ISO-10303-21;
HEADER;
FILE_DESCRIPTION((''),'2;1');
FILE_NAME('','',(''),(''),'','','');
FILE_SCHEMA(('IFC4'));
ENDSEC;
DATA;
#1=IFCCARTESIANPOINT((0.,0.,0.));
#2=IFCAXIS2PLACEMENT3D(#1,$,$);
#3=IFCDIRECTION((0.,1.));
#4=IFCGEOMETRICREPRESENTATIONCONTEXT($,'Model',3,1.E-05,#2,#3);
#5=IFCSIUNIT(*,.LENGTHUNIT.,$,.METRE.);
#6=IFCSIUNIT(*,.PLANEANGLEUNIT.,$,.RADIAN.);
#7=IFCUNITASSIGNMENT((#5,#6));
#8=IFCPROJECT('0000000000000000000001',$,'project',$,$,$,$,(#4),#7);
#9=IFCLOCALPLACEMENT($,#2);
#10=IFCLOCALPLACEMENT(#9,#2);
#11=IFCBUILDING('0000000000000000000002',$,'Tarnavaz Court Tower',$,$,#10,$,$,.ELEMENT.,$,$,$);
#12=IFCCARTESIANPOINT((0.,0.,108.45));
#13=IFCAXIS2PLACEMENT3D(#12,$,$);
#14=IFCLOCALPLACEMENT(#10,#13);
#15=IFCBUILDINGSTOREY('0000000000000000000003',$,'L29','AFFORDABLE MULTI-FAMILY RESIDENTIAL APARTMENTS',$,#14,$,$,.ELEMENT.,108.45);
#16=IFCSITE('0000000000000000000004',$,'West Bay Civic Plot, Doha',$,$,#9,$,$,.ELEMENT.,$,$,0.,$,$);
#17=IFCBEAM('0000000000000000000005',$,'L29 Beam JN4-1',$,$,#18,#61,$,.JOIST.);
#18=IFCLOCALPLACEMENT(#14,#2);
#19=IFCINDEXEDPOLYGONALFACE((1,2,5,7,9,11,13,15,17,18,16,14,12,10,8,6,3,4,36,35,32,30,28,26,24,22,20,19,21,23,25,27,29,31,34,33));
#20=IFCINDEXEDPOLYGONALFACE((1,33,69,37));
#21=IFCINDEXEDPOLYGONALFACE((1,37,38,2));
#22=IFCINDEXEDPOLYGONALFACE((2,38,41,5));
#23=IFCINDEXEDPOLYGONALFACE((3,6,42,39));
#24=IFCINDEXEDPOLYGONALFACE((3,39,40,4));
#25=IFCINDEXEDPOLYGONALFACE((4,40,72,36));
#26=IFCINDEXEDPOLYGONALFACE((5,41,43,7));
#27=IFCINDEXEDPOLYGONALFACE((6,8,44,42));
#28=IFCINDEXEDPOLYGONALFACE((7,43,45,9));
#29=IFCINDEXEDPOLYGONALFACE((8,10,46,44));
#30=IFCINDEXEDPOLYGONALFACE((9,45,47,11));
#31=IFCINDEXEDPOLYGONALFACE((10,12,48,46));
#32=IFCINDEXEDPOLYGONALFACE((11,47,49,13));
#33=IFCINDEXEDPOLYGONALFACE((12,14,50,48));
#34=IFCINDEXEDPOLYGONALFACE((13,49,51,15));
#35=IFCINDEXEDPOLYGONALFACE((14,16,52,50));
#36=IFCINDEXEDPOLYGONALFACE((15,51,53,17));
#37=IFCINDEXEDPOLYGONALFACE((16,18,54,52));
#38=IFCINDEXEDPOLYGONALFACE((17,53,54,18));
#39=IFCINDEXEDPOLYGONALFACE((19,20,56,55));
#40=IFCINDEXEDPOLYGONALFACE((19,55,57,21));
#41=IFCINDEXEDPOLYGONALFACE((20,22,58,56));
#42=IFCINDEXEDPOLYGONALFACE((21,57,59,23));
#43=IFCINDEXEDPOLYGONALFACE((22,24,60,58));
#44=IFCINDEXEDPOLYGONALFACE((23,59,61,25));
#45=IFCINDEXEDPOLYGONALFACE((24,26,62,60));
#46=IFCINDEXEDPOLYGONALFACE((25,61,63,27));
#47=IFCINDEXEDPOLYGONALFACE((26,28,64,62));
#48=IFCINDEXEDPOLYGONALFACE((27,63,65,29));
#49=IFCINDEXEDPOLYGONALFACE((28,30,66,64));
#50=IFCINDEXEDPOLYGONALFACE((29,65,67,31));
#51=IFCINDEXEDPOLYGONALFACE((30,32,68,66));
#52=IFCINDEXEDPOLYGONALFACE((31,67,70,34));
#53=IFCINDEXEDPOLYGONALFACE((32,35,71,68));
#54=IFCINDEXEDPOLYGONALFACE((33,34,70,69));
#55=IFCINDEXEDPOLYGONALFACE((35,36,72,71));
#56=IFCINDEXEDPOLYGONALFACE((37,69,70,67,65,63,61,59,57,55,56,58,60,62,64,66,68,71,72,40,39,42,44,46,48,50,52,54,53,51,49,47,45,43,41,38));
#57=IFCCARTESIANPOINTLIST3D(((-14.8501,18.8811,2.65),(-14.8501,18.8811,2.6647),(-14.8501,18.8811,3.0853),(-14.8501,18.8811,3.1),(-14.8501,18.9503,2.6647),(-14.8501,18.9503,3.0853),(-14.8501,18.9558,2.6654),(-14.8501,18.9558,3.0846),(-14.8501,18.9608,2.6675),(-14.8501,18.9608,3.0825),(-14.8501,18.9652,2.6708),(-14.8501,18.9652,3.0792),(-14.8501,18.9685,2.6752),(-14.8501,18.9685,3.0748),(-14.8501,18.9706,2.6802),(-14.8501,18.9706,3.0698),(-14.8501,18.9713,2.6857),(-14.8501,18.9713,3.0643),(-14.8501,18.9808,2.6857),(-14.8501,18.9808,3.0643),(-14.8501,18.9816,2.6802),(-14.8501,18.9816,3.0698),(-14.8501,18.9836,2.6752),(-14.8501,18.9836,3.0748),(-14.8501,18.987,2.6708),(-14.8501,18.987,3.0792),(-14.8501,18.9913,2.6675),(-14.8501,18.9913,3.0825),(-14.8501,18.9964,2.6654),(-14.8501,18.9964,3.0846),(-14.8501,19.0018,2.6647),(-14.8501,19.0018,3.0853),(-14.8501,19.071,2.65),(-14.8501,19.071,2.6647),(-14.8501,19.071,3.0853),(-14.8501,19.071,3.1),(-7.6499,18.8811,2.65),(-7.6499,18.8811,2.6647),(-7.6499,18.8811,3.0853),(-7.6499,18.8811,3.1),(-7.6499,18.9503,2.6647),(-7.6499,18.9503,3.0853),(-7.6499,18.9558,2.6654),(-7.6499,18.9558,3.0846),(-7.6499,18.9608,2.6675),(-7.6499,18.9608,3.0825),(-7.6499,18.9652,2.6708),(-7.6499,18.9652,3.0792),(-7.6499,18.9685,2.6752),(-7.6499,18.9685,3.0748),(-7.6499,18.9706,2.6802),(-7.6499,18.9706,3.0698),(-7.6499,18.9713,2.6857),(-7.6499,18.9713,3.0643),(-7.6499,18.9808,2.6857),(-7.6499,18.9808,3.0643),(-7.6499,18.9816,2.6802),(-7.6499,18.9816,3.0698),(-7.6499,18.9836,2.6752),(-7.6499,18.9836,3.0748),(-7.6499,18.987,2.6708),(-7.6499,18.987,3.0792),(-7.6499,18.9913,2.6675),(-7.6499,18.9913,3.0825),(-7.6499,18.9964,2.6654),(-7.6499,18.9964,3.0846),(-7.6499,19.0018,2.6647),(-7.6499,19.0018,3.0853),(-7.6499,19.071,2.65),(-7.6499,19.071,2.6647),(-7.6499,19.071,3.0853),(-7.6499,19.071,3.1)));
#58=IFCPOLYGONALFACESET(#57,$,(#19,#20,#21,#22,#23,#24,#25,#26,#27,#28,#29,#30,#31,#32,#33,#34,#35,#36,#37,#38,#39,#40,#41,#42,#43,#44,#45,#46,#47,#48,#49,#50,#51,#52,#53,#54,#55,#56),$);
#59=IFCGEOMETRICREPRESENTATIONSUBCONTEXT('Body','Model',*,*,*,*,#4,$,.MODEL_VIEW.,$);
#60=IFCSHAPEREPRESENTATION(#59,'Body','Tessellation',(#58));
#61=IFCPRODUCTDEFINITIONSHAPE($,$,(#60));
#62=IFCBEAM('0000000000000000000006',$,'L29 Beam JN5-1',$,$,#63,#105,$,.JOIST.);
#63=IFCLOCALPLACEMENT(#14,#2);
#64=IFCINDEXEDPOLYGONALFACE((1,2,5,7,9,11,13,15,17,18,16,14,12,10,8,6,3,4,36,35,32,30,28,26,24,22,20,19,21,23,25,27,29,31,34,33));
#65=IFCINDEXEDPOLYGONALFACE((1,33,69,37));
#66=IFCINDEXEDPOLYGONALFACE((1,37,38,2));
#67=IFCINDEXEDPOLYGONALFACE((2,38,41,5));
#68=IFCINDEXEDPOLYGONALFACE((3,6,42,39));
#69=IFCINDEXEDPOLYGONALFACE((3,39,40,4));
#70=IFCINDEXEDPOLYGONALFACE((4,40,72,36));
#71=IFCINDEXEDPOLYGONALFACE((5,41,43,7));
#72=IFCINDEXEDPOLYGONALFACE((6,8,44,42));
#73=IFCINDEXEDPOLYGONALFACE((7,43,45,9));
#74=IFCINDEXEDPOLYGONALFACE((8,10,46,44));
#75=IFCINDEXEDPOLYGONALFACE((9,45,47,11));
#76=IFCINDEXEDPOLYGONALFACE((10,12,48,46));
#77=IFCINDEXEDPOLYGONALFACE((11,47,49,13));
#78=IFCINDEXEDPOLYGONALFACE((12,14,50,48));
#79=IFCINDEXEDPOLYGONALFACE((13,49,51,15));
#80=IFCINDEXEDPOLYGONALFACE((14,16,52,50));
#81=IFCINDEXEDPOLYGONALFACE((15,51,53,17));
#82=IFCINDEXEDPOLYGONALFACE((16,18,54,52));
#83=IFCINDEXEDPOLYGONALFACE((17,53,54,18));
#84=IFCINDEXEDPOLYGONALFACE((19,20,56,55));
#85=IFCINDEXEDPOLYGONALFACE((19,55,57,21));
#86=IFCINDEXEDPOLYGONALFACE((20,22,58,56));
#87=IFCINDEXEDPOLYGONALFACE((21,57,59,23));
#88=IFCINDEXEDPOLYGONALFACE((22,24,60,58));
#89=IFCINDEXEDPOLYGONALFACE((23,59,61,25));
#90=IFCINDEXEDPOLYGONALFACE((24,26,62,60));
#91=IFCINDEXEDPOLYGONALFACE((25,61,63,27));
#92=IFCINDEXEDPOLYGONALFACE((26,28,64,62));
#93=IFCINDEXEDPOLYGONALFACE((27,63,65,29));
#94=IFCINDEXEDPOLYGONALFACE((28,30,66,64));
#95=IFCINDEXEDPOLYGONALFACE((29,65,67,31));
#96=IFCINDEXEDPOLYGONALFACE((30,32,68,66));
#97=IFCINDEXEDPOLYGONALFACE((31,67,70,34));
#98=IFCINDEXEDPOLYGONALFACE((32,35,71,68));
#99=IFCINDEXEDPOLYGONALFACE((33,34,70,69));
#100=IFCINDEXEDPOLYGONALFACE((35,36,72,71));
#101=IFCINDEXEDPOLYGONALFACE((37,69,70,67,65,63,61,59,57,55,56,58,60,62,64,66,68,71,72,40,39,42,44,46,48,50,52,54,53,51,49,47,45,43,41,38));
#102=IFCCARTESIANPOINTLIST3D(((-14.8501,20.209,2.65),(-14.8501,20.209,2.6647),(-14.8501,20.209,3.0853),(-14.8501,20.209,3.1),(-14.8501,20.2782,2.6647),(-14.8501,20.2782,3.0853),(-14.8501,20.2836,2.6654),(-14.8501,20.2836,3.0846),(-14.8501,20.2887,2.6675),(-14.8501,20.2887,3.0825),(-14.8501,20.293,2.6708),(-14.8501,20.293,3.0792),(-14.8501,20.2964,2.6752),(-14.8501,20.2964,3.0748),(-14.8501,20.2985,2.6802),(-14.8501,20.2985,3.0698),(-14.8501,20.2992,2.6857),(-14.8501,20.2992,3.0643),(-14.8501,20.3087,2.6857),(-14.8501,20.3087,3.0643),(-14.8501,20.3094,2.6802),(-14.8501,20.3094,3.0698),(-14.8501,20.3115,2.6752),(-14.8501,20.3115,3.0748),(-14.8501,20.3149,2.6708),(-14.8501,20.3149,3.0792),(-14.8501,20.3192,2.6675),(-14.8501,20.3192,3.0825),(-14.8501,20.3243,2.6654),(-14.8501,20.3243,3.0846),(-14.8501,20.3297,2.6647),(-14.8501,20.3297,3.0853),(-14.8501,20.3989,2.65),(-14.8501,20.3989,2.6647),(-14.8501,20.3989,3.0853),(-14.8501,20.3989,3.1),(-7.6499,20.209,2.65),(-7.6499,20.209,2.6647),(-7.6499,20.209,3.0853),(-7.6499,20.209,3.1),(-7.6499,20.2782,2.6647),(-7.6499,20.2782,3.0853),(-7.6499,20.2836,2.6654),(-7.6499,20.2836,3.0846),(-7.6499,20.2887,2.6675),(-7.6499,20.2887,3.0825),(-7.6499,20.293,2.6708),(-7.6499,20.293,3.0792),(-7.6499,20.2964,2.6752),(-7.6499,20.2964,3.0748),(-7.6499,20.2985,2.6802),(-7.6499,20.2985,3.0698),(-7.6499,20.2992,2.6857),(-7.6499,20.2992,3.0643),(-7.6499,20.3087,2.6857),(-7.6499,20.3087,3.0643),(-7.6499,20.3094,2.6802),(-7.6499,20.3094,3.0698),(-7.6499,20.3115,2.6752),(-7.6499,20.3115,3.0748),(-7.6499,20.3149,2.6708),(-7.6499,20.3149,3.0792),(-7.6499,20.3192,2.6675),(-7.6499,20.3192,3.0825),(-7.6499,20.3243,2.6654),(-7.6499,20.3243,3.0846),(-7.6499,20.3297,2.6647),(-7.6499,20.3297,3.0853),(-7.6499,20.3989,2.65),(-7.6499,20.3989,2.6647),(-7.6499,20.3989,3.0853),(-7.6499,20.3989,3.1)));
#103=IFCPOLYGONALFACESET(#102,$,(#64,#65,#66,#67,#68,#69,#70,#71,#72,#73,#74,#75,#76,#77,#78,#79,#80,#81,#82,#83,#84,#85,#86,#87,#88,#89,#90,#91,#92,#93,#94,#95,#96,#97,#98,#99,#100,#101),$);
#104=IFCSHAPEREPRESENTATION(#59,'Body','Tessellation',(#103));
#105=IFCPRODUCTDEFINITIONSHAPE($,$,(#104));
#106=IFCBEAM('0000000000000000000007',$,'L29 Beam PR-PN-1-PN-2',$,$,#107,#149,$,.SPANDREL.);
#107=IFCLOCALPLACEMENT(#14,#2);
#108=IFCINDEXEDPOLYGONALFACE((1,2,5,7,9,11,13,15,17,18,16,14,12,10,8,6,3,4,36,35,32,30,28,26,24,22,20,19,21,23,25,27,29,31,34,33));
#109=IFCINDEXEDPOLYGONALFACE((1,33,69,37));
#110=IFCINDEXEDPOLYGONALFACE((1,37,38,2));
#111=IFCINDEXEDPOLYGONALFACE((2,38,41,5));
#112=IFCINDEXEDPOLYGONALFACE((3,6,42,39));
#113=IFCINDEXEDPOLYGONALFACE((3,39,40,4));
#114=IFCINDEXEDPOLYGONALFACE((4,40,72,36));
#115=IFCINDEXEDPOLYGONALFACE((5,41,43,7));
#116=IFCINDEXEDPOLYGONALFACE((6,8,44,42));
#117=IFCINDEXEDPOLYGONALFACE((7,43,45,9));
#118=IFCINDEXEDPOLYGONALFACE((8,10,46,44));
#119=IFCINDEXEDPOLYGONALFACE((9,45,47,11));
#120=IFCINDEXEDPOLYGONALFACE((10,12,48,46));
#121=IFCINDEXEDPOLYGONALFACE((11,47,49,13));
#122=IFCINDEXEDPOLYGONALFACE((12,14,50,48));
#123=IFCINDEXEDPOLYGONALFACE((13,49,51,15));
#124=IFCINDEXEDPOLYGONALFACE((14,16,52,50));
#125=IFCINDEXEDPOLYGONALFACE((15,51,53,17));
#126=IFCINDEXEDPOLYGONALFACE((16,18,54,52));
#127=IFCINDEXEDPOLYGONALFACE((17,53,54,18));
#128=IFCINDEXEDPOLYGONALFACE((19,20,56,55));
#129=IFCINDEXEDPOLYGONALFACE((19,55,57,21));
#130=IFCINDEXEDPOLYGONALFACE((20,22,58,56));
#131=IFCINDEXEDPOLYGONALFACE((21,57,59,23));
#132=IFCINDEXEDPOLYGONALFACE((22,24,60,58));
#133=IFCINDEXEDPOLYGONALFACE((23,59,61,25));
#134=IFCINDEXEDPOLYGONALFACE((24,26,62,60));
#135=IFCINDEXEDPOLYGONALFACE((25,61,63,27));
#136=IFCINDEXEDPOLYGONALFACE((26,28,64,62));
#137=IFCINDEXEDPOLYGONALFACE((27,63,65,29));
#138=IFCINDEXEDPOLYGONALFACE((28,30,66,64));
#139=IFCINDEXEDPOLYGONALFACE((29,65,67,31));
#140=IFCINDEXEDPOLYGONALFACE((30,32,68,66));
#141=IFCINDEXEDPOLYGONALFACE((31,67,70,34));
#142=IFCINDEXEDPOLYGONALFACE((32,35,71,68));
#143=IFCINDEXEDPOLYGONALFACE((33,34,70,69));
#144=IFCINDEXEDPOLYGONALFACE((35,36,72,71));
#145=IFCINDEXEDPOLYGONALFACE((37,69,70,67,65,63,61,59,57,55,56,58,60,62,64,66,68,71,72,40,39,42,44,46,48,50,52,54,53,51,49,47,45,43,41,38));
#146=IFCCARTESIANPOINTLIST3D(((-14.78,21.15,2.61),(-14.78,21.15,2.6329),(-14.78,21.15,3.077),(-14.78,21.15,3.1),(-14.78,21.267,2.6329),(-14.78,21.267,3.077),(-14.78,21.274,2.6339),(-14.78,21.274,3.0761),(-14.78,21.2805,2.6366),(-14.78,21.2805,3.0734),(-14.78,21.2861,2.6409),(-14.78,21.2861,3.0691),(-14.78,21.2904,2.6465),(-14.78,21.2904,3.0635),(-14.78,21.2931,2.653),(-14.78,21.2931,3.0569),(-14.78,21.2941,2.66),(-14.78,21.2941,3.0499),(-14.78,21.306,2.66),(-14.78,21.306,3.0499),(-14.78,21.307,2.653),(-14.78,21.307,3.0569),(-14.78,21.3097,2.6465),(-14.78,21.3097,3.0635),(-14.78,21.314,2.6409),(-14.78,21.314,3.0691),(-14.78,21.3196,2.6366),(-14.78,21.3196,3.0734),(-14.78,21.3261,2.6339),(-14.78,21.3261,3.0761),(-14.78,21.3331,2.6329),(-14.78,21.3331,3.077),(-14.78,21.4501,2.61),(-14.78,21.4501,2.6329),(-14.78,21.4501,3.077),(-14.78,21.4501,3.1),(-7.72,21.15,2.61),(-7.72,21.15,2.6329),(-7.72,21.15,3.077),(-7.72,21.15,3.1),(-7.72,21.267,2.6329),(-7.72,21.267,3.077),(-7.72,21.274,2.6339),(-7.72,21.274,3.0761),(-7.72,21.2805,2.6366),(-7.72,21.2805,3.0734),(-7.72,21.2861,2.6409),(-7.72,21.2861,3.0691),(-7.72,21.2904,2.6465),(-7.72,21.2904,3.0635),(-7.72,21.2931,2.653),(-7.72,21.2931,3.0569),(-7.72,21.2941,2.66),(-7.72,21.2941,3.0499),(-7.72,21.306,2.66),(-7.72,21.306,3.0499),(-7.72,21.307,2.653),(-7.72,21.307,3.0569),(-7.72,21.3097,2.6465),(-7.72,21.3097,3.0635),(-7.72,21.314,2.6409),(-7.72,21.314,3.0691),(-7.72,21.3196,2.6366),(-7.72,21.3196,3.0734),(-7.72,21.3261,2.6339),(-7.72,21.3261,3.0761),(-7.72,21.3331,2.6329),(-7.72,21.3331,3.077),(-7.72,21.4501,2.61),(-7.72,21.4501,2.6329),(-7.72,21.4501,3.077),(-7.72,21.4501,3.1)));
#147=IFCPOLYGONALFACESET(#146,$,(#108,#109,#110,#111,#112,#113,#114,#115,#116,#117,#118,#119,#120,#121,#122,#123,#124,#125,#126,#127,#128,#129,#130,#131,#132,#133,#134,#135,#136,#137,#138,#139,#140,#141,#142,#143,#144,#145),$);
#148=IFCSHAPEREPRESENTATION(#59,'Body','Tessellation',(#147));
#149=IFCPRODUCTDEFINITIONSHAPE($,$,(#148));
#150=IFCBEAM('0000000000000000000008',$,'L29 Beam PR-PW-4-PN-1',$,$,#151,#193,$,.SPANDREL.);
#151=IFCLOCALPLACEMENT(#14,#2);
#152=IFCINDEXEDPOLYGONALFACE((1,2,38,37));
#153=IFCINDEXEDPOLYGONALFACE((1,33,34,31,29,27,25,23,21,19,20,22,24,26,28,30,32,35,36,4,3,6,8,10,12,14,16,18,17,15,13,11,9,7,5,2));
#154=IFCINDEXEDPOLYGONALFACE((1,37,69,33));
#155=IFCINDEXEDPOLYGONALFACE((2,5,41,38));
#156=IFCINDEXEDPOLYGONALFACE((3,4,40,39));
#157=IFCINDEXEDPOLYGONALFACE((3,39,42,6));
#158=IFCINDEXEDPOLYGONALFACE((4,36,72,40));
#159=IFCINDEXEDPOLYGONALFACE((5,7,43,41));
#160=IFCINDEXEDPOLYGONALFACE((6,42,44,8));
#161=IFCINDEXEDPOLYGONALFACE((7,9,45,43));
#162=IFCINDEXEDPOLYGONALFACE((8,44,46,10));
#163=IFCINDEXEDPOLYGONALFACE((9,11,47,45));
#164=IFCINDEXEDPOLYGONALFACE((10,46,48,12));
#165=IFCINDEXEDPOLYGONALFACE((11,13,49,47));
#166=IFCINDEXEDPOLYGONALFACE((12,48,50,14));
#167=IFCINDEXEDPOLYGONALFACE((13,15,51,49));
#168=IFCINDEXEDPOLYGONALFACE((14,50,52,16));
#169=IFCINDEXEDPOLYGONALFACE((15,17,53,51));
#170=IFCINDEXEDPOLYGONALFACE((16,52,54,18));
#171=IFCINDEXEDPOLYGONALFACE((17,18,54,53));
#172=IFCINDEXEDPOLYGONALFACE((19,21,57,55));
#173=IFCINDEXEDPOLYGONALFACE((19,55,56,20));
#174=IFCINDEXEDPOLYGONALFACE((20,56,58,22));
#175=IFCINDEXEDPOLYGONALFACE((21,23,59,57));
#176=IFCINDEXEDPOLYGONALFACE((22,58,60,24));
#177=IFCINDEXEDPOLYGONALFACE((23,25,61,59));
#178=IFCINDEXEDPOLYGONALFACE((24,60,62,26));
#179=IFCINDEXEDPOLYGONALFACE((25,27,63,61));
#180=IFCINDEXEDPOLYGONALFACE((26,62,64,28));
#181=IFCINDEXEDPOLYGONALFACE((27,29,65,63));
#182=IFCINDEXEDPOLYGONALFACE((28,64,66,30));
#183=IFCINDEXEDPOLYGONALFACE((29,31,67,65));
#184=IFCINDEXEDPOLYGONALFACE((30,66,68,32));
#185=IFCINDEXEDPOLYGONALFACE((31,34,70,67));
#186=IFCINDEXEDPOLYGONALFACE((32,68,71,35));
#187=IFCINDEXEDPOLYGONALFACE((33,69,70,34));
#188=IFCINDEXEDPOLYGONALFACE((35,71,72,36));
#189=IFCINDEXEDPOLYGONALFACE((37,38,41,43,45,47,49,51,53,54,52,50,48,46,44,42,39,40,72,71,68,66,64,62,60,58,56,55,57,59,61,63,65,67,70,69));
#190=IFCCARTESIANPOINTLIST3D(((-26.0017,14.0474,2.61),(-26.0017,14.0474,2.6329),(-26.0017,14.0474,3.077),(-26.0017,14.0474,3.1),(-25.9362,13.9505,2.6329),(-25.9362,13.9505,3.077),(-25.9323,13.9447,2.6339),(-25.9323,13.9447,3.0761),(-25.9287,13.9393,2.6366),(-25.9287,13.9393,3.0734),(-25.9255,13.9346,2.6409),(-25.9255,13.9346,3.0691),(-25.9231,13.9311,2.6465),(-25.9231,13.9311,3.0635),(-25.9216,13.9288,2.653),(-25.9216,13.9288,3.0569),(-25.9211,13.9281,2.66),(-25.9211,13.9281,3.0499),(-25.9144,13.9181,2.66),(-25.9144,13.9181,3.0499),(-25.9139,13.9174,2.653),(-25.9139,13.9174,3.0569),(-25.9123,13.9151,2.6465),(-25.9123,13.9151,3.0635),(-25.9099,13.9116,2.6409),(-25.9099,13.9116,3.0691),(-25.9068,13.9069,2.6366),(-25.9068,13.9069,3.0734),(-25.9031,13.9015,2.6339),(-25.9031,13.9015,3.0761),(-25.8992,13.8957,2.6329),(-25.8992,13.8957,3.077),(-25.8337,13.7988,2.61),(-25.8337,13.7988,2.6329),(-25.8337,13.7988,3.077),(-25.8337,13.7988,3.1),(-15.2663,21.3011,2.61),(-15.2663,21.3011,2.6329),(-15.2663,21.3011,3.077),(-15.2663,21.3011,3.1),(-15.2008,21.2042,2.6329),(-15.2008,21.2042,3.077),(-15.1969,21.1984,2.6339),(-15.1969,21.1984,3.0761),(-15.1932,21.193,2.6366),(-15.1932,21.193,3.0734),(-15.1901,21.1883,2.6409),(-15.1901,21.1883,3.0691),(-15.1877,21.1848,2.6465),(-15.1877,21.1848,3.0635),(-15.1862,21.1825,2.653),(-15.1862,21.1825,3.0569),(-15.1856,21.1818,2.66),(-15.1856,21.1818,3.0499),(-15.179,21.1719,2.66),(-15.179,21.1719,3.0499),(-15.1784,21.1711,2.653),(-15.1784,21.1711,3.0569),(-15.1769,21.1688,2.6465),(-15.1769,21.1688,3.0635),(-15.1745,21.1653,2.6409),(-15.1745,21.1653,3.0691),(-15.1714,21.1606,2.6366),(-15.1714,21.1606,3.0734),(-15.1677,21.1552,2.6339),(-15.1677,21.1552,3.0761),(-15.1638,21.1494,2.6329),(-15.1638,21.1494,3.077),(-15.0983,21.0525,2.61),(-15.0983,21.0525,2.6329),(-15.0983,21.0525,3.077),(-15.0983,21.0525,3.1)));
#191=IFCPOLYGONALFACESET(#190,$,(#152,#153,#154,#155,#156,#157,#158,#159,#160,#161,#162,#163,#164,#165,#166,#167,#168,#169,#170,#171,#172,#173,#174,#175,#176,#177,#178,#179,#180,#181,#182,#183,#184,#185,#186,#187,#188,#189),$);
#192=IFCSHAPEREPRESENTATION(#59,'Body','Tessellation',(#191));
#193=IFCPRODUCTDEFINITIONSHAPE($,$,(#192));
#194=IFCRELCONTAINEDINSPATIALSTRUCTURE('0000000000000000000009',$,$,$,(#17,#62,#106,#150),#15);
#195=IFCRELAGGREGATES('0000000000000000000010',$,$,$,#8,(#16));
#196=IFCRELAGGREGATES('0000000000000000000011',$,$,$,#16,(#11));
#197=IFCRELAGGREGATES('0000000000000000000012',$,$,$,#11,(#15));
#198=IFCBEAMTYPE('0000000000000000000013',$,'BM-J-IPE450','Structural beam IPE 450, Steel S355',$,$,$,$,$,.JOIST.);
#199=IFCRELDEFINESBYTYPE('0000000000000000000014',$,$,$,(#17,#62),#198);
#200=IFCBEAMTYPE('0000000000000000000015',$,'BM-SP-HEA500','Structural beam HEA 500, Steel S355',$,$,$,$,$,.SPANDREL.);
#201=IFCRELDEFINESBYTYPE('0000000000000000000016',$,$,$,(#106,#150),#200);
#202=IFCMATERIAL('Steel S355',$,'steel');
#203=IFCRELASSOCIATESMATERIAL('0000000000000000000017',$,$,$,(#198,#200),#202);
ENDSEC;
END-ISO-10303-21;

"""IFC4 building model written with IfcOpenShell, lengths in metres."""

from ifc_helpers import new_model, si_unit, direction, frame, origin, origin_2d, place, context, subcontext, project, spatial, i_section, extrude, material, material_profile, profile_set, type_object, element, save


model = new_model("IFC4")

# Units and contexts
model_context = context("Model", 3, precision=1e-05, world=origin(), true_north=direction((0.0, 1.0)))
body_context = subcontext(model_context, "Body", "Model", "MODEL_VIEW")
ifc_project = project(units=[si_unit("LENGTHUNIT", "METRE"), si_unit("PLANEANGLEUNIT", "RADIAN")], contexts=[model_context])

# Site, building, storey
site_placement = place(None, origin())
site = spatial("IfcSite", under=ifc_project, at=site_placement, Name="West Bay Civic Plot, Doha", CompositionType="ELEMENT", RefElevation=0.0)
building_placement = place(site_placement, origin())
building = spatial("IfcBuilding", under=site, at=building_placement, Name="Tarnavaz Court Tower", CompositionType="ELEMENT")
storey_placement = place(building_placement, frame((0.0, 0.0, 108.45)))
storey = spatial("IfcBuildingStorey", under=building, at=storey_placement, Name="L29", Description="AFFORDABLE MULTI-FAMILY RESIDENTIAL APARTMENTS", CompositionType="ELEMENT", Elevation=108.45)

# Beams
ifc_material_1 = material(Name="Steel S355", Category="steel")
ifc_material_profile_1 = material_profile(ifc_material_1, i_section(OverallWidth=0.1899, OverallDepth=0.45, WebThickness=0.0095, FlangeThickness=0.0146, FilletRadius=0.021, at=origin_2d()), Name="IPE 450")
ifc_profile_set_1 = profile_set([ifc_material_profile_1], Name="Steel S355")
beam_type_1 = type_object("IfcBeamType", Name="BM-J-IPE450", Description="Structural beam IPE 450, Steel S355", PredefinedType="JOIST", material=ifc_profile_set_1)
for number, where, z_axis, x_axis, name in (
    (1, (-14.8501, 18.9761, 2.875), (1.0, 0.0, 0.0), (0.0, 1.0, 0.0), "L29 Beam JN4-1"),
    (2, (-14.8501, 20.304, 2.875), (1.0, 0.0, 0.0), (0.0, 1.0, 0.0), "L29 Beam JN5-1"),
):
    element("IfcBeam", number, at=place(storey_placement, frame(where, z_axis=z_axis, x_axis=x_axis)), inside=storey, type_object=beam_type_1, Name=name, PredefinedType="JOIST", context=body_context, shape_type="SweptSolid", body=[
        extrude(i_section(OverallWidth=0.1899, OverallDepth=0.45, WebThickness=0.0095, FlangeThickness=0.0146, FilletRadius=0.021, at=origin_2d()), origin(), (0.0, 0.0, 1.0), 7.2002),
    ])
ifc_material_profile_2 = material_profile(ifc_material_1, i_section(OverallWidth=0.3, OverallDepth=0.49, WebThickness=0.012, FlangeThickness=0.0229, FilletRadius=0.0271, at=origin_2d()), Name="HEA 500")
ifc_profile_set_2 = profile_set([ifc_material_profile_2], Name="Steel S355")
beam_type_2 = type_object("IfcBeamType", Name="BM-SP-HEA500", Description="Structural beam HEA 500, Steel S355", PredefinedType="SPANDREL", material=ifc_profile_set_2)
beam_1_placement = place(storey_placement, frame((-14.78, 21.3, 2.855), z_axis=(1.0, 0.0, 0.0), x_axis=(0.0, 1.0, 0.0)))
element("IfcBeam", 3, at=beam_1_placement, inside=storey, type_object=beam_type_2, Name="L29 Beam PR-PN-1-PN-2", PredefinedType="SPANDREL", context=body_context, shape_type="SweptSolid", body=[
    extrude(i_section(OverallWidth=0.3, OverallDepth=0.49, WebThickness=0.012, FlangeThickness=0.0229, FilletRadius=0.0271, at=origin_2d()), origin(), (0.0, 0.0, 1.0), 7.0601),
])
beam_2_placement = place(storey_placement, frame((-25.9177, 13.9231, 2.855), z_axis=(0.828587, 0.55986, 0.0), x_axis=(-0.55986, 0.828587, 0.0)))
element("IfcBeam", 4, at=beam_2_placement, inside=storey, type_object=beam_type_2, Name="L29 Beam PR-PW-4-PN-1", PredefinedType="SPANDREL", context=body_context, shape_type="SweptSolid", body=[
    extrude(i_section(OverallWidth=0.3, OverallDepth=0.49, WebThickness=0.012, FlangeThickness=0.0229, FilletRadius=0.0271, at=origin_2d()), origin(), (0.0, 0.0, 1.0), 12.9563),
])

save(model, "model.ifc")
